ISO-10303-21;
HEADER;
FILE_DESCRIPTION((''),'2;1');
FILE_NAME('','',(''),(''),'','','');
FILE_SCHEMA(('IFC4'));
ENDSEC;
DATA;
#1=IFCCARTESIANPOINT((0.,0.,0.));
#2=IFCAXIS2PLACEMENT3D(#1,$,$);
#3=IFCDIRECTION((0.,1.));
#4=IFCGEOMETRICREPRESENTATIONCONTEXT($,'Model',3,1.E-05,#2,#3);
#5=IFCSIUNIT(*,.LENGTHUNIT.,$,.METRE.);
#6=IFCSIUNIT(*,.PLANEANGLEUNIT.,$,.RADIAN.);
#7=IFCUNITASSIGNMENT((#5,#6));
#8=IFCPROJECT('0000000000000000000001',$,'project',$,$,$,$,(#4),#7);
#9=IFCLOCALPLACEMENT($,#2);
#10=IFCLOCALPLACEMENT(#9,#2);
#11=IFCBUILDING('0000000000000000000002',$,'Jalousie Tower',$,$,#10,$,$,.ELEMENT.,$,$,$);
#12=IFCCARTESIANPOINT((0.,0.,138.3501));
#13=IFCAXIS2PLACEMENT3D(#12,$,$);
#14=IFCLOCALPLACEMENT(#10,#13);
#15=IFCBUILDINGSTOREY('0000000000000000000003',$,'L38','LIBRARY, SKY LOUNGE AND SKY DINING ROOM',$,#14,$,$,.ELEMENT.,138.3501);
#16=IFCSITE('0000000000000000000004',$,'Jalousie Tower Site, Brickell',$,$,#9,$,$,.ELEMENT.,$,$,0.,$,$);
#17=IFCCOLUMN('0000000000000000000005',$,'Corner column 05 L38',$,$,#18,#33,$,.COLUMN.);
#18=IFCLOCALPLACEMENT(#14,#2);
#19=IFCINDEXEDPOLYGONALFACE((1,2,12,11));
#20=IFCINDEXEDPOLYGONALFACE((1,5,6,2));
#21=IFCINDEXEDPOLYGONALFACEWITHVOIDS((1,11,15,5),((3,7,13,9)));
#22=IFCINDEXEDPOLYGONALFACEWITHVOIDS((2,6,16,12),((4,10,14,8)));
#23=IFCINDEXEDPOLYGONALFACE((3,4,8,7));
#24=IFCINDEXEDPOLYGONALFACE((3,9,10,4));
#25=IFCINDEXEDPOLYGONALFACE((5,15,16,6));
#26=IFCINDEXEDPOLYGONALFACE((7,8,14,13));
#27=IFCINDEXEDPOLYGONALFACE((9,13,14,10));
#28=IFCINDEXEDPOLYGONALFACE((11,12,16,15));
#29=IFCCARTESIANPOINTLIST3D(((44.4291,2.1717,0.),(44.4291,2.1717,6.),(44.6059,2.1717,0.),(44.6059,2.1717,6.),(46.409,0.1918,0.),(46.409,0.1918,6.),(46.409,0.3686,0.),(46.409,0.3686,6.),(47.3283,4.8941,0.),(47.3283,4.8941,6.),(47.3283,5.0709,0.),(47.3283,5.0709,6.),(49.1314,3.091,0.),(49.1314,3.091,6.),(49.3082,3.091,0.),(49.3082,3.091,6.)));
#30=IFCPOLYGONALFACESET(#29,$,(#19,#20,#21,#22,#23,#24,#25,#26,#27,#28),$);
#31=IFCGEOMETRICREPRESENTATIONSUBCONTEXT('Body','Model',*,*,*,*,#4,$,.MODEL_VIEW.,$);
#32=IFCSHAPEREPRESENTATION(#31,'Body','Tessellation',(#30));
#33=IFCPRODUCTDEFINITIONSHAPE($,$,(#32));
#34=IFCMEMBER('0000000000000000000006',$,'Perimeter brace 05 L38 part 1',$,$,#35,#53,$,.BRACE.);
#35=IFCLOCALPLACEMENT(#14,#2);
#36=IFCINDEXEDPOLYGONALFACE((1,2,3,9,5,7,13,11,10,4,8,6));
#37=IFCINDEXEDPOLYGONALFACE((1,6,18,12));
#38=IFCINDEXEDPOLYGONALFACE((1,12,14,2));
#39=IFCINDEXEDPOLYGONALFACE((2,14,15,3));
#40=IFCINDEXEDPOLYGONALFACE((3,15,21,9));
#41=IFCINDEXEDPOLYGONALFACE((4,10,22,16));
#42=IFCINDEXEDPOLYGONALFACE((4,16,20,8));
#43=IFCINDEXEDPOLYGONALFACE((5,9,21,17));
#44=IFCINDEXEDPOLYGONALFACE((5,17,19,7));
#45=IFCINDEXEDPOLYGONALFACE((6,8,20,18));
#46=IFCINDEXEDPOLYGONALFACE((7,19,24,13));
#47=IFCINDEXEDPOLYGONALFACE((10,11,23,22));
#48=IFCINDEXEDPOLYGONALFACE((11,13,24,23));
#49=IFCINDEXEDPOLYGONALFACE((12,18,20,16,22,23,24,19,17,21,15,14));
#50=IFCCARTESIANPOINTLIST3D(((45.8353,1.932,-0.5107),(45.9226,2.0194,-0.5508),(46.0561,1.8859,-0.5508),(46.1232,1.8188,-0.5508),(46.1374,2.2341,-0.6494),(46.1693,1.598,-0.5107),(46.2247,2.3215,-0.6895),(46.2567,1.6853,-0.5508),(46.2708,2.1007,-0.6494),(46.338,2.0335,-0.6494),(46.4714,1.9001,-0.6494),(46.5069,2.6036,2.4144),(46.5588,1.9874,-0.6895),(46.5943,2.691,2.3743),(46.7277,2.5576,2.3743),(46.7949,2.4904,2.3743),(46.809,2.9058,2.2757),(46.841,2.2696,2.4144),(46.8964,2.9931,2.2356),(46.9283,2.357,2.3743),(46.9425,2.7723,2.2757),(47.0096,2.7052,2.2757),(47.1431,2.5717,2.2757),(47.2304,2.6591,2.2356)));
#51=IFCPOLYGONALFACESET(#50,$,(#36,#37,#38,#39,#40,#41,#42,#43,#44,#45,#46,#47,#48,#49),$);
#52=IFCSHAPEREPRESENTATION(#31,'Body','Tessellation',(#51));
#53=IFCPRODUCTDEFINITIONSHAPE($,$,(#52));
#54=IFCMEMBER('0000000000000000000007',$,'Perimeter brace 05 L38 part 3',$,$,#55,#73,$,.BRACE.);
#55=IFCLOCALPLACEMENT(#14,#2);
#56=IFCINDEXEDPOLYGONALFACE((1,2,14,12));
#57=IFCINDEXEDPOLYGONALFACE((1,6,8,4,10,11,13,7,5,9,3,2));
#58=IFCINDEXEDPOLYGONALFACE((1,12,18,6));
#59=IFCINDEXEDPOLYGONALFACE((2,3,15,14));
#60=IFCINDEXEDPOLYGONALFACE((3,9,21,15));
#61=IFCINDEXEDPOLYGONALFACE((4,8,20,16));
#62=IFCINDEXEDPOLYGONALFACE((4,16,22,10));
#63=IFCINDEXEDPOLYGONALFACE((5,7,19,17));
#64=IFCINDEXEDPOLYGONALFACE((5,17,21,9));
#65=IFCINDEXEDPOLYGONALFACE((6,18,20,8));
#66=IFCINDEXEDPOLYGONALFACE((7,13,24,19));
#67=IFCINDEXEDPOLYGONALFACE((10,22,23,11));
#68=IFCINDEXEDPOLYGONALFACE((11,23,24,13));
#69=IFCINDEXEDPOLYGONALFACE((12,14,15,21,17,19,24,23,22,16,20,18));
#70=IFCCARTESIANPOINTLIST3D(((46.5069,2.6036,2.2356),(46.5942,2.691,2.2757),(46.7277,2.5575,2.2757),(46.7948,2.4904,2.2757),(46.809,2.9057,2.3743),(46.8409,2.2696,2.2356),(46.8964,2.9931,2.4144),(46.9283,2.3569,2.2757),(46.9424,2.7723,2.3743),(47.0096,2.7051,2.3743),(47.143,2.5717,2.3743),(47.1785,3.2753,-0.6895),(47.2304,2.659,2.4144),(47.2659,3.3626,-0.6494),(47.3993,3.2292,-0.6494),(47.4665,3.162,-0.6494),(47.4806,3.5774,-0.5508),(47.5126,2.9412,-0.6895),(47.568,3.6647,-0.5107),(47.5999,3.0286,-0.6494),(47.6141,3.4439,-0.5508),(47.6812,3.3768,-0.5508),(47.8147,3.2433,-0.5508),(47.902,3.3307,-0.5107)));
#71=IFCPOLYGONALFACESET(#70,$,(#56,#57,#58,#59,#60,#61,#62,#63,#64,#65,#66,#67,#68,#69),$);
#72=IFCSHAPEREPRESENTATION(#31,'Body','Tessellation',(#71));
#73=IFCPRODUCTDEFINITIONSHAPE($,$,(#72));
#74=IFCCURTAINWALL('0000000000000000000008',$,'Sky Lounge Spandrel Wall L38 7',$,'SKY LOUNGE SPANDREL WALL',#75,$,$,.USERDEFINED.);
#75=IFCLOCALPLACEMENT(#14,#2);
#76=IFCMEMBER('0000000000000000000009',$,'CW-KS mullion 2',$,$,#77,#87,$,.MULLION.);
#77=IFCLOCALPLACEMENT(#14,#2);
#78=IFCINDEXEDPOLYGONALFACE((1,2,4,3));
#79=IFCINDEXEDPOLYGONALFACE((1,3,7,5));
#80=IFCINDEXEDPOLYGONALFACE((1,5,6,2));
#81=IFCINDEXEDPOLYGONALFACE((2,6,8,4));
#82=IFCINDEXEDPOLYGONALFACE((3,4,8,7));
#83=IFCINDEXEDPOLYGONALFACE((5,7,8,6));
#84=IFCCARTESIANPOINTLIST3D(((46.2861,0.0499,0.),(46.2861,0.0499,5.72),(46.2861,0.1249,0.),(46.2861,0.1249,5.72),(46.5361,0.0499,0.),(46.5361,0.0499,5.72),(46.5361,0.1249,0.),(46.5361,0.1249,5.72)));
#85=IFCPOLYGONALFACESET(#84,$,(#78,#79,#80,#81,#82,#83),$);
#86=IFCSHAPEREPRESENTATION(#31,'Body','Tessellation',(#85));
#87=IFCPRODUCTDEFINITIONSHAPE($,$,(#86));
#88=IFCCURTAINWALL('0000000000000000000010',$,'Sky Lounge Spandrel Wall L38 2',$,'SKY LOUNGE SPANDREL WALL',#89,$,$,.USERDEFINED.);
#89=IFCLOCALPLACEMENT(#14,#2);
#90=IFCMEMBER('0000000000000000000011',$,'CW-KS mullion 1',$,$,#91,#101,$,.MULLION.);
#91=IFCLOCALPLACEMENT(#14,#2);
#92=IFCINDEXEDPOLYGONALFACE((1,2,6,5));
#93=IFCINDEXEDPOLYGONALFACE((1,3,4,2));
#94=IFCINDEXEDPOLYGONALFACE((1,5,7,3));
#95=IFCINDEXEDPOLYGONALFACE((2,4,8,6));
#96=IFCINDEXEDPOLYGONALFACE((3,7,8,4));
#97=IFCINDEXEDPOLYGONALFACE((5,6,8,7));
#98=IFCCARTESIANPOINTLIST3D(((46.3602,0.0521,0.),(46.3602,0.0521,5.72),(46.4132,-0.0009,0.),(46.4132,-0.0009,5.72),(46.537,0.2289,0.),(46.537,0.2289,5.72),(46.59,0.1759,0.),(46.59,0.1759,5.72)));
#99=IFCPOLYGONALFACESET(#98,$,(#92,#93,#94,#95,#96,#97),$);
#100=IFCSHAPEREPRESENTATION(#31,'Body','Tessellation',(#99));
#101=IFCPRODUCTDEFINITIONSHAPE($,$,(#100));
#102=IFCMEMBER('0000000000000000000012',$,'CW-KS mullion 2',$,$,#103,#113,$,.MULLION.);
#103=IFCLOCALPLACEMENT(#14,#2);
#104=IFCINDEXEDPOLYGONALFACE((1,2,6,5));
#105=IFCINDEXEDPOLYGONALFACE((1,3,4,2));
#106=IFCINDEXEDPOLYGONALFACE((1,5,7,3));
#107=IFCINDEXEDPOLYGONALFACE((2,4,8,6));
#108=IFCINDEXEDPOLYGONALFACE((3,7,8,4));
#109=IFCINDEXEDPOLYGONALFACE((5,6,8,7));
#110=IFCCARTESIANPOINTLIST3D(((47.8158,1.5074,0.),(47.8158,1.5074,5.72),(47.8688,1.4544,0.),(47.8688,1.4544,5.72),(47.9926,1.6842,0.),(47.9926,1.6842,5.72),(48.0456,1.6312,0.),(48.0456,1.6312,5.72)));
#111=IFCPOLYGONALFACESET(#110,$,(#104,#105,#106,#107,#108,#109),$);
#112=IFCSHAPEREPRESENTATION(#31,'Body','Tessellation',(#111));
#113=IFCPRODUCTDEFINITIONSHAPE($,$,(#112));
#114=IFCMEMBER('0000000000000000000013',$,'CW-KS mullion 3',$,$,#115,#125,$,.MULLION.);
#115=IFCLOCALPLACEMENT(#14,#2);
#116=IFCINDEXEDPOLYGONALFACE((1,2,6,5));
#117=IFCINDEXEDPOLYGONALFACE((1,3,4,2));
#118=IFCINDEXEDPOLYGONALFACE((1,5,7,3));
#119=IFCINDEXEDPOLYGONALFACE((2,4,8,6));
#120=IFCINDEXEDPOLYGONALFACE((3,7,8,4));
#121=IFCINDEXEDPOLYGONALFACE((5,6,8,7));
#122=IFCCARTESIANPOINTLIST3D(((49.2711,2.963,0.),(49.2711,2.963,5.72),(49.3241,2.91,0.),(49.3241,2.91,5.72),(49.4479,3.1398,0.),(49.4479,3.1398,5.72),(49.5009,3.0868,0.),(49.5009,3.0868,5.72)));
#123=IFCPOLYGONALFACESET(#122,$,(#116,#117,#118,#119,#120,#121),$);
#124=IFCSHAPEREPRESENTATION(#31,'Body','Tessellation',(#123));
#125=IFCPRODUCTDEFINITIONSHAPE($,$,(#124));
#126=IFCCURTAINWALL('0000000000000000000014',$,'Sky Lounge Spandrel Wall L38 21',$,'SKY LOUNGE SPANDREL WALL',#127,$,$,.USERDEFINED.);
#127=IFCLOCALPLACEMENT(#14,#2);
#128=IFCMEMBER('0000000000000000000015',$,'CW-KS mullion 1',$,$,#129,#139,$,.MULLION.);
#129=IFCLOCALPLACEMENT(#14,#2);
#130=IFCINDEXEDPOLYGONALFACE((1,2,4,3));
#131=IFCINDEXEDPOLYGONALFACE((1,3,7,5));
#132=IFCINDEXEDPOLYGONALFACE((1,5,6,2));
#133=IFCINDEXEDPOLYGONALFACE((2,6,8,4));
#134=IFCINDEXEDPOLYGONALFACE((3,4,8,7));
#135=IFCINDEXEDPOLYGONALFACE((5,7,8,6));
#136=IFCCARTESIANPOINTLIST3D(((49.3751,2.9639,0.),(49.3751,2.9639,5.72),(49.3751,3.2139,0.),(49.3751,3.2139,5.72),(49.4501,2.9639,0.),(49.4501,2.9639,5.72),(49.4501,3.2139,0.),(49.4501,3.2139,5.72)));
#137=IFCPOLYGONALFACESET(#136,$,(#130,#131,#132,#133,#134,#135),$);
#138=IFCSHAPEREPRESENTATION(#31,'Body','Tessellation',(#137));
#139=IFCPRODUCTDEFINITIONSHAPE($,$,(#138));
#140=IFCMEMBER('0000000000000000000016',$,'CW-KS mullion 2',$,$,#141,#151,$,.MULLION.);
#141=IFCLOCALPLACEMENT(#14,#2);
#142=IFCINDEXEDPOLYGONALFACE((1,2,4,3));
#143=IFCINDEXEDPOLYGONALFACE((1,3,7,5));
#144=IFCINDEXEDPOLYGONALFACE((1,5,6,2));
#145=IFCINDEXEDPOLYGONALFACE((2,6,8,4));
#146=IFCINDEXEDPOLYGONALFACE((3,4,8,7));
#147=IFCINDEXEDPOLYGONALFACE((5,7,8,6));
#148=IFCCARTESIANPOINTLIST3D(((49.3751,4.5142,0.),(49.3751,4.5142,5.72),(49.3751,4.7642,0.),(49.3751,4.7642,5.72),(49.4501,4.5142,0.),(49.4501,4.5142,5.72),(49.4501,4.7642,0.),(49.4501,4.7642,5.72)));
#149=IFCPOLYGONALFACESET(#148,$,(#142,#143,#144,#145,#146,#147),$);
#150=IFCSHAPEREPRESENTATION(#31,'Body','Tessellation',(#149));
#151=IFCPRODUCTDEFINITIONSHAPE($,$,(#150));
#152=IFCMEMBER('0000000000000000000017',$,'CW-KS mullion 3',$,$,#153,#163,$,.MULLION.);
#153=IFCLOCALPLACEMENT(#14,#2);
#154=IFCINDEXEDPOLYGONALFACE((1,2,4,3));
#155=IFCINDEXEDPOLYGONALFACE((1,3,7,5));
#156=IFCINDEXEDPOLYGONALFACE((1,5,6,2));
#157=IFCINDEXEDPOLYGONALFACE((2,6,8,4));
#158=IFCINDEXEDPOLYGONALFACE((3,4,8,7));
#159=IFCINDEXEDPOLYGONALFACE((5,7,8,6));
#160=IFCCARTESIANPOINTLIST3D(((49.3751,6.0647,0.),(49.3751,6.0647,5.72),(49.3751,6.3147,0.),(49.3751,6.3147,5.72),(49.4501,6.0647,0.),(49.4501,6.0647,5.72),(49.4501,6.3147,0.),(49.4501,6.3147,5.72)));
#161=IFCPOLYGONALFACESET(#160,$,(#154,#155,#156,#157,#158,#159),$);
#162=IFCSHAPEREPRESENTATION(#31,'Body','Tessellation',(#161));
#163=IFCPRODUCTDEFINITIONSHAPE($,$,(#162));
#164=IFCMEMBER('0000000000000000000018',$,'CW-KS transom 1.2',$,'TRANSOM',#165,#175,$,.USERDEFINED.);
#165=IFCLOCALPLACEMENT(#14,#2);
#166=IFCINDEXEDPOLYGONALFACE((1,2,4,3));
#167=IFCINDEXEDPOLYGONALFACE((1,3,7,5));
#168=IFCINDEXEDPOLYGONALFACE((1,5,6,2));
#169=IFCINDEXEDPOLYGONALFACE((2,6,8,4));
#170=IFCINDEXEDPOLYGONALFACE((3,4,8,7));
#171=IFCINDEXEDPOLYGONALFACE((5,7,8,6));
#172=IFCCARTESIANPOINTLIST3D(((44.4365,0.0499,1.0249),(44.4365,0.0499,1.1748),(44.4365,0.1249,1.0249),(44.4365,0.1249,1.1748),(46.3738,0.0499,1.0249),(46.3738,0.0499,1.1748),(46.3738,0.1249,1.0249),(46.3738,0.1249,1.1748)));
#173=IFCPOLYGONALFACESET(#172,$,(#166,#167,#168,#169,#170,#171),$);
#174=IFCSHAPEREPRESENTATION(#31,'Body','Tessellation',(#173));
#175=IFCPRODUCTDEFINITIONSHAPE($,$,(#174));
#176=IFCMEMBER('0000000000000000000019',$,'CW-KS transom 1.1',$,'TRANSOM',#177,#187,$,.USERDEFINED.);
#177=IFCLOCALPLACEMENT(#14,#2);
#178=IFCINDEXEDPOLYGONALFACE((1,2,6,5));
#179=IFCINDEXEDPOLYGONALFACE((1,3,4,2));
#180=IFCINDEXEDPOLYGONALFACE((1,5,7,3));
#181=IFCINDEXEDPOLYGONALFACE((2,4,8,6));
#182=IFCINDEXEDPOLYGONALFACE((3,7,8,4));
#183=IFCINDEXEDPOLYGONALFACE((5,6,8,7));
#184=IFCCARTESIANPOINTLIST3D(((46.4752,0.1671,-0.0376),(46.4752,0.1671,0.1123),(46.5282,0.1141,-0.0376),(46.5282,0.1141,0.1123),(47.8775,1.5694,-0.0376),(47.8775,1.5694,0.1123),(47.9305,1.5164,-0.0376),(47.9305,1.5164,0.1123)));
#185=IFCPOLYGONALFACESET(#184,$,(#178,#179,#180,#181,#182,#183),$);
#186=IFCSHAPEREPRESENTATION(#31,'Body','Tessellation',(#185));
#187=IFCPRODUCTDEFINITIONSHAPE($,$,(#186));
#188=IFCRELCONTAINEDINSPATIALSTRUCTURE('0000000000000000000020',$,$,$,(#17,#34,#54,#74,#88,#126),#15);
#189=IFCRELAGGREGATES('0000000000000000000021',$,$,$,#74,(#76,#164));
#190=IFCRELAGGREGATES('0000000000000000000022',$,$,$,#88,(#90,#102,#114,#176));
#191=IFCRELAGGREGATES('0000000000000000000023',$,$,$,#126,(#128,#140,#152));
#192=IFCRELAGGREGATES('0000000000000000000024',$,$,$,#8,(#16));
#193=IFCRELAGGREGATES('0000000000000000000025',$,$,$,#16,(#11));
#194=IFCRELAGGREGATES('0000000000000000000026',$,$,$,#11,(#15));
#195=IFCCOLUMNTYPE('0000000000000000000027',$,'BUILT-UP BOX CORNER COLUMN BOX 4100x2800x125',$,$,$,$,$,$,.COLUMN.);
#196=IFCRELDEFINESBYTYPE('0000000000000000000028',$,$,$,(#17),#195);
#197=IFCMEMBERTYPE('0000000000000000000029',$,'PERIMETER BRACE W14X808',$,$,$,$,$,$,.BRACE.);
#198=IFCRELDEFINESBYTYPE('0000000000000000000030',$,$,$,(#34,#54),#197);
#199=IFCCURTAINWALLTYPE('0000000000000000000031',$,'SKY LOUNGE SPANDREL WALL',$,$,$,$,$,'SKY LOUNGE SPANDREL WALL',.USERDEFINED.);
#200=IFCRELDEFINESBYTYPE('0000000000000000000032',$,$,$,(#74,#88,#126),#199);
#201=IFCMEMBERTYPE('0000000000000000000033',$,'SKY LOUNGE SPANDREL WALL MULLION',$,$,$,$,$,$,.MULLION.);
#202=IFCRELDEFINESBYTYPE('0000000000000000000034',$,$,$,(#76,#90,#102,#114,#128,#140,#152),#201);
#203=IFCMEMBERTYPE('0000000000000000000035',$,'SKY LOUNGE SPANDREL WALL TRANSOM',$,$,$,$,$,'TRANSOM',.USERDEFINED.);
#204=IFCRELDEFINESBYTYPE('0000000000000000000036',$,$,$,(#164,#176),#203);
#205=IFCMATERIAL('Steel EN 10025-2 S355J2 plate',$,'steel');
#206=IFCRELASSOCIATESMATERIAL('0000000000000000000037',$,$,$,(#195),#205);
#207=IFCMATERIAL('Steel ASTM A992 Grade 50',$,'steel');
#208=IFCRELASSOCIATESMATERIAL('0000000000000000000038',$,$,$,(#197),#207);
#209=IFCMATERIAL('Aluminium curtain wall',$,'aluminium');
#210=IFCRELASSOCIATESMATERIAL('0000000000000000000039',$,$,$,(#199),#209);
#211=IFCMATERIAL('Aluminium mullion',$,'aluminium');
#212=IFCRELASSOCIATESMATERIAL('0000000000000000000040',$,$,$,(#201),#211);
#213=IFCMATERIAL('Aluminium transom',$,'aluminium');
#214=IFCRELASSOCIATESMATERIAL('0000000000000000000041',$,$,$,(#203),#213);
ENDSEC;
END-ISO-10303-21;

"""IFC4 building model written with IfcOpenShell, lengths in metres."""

from ifc_helpers import new_model, si_unit, direction, frame, origin, origin_2d, place, context, subcontext, project, spatial, rectangle, hollow_rectangle, i_section, extrude, material, material_profile, profile_set, type_object, element, aggregate, save


model = new_model("IFC4")

# Units and contexts
model_context = context("Model", 3, precision=1e-05, world=origin(), true_north=direction((0.0, 1.0)))
body_context = subcontext(model_context, "Body", "Model", "MODEL_VIEW")
ifc_project = project(units=[si_unit("LENGTHUNIT", "METRE"), si_unit("PLANEANGLEUNIT", "RADIAN")], contexts=[model_context])

# Site, building, storey
site_placement = place(None, origin())
site = spatial("IfcSite", under=ifc_project, at=site_placement, Name="Jalousie Tower Site, Brickell", CompositionType="ELEMENT", RefElevation=0.0)
building_placement = place(site_placement, origin())
building = spatial("IfcBuilding", under=site, at=building_placement, Name="Jalousie Tower", CompositionType="ELEMENT")
storey_placement = place(building_placement, frame((0.0, 0.0, 138.3501)))
storey = spatial("IfcBuildingStorey", under=building, at=storey_placement, Name="L38", Description="LIBRARY, SKY LOUNGE AND SKY DINING ROOM", CompositionType="ELEMENT", Elevation=138.3501)

# Column
ifc_material_1 = material(Name="Steel EN 10025-2 S355J2 plate", Category="steel")
ifc_material_profile_1 = material_profile(ifc_material_1, hollow_rectangle(XDim=2.8, YDim=4.1001, WallThickness=0.125, at=origin_2d()), Name="BOX 4100x2800x125")
ifc_profile_set_1 = profile_set([ifc_material_profile_1], Name="Steel EN 10025-2 S355J2 plate")
column_type = type_object("IfcColumnType", Name="BUILT-UP BOX CORNER COLUMN BOX 4100x2800x125", PredefinedType="COLUMN", material=ifc_profile_set_1)
column_placement = place(storey_placement, frame((46.8687, 2.6313, 0.0), z_axis=(0.0, 0.0, 1.0), x_axis=(-0.707107, 0.707107, 0.0)))
element("IfcColumn", 1, at=column_placement, inside=storey, type_object=column_type, Name="Corner column 05 L38", PredefinedType="COLUMN", context=body_context, shape_type="SweptSolid", body=[
    extrude(hollow_rectangle(XDim=2.8, YDim=4.1001, WallThickness=0.125, at=origin_2d()), origin(), (0.0, 0.0, 1.0), 6.0),
])

# Members
ifc_material_2 = material(Name="Steel ASTM A992 Grade 50", Category="steel")
ifc_material_profile_2 = material_profile(ifc_material_2, i_section(OverallWidth=0.4724, OverallDepth=0.5791, WebThickness=0.095, FlangeThickness=0.1299, at=origin_2d()), Name="W14X808")
ifc_profile_set_2 = profile_set([ifc_material_profile_2], Name="Steel ASTM A992 Grade 50")
member_type_1 = type_object("IfcMemberType", Name="PERIMETER BRACE W14X808", PredefinedType="BRACE", material=ifc_profile_set_2)
for number, where, z_axis, x_axis, name in (
    (2, (46.197, 1.9597, -0.6001), (0.218388, 0.218388, 0.951112), (-0.707107, 0.707107, 0.0), "Perimeter brace 05 L38 part 1"),
    (3, (47.5403, 3.303, -0.6001), (-0.218388, -0.218388, 0.951112), (0.707107, -0.707107, 0.0), "Perimeter brace 05 L38 part 3"),
):
    element("IfcMember", number, at=place(storey_placement, frame(where, z_axis=z_axis, x_axis=x_axis)), inside=storey, type_object=member_type_1, Name=name, PredefinedType="BRACE", context=body_context, shape_type="SweptSolid", body=[
        extrude(i_section(OverallWidth=0.4724, OverallDepth=0.5791, WebThickness=0.095, FlangeThickness=0.1299, at=origin_2d()), origin(), (0.0, 0.0, 1.0), 3.0754),
    ])

# Curtain wall, member
ifc_material_3 = material(Name="Aluminium curtain wall", Category="aluminium")
curtain_wall_type_1 = type_object("IfcCurtainWallType", Name="SKY LOUNGE SPANDREL WALL", ElementType="SKY LOUNGE SPANDREL WALL", PredefinedType="USERDEFINED", material=ifc_material_3)
curtain_wall_1_placement = place(storey_placement, origin())
curtain_wall_1 = element("IfcCurtainWall", 4, at=curtain_wall_1_placement, inside=storey, type_object=curtain_wall_type_1, Name="Sky Lounge Spandrel Wall L38 7", ObjectType="SKY LOUNGE SPANDREL WALL", PredefinedType="USERDEFINED")
ifc_material_4 = material(Name="Aluminium mullion", Category="aluminium")
ifc_material_profile_3 = material_profile(ifc_material_4, rectangle(XDim=0.075, YDim=0.25, at=origin_2d()), Name="MULLION 75x250")
ifc_profile_set_3 = profile_set([ifc_material_profile_3], Name="Aluminium mullion")
member_type_2 = type_object("IfcMemberType", Name="SKY LOUNGE SPANDREL WALL MULLION", PredefinedType="MULLION", material=ifc_profile_set_3)
member_1_placement = place(storey_placement, frame((46.4111, 0.0874, 0.0), z_axis=(0.0, 0.0, 1.0), x_axis=(0.0, 1.0, 0.0)))
member_1 = element("IfcMember", 5, at=member_1_placement, type_object=member_type_2, Name="CW-KS mullion 2", PredefinedType="MULLION", context=body_context, shape_type="SweptSolid", body=[
    extrude(rectangle(XDim=0.075, YDim=0.25, at=origin_2d()), origin(), (0.0, 0.0, 1.0), 5.72),
])

# Curtain walls, members
curtain_wall_2_placement = place(storey_placement, origin())
curtain_wall_2 = element("IfcCurtainWall", 6, at=curtain_wall_2_placement, inside=storey, type_object=curtain_wall_type_1, Name="Sky Lounge Spandrel Wall L38 2", ObjectType="SKY LOUNGE SPANDREL WALL", PredefinedType="USERDEFINED")
member_2_placement = place(storey_placement, frame((46.4751, 0.114, 0.0), z_axis=(0.0, 0.0, 1.0), x_axis=(-0.707107, 0.707107, 0.0)))
member_2 = element("IfcMember", 7, at=member_2_placement, type_object=member_type_2, Name="CW-KS mullion 1", PredefinedType="MULLION", context=body_context, shape_type="SweptSolid", body=[
    extrude(rectangle(XDim=0.075, YDim=0.25, at=origin_2d()), origin(), (0.0, 0.0, 1.0), 5.72),
])
member_3_placement = place(storey_placement, frame((47.9307, 1.5693, 0.0), z_axis=(0.0, 0.0, 1.0), x_axis=(-0.707107, 0.707107, 0.0)))
member_3 = element("IfcMember", 8, at=member_3_placement, type_object=member_type_2, Name="CW-KS mullion 2", PredefinedType="MULLION", context=body_context, shape_type="SweptSolid", body=[
    extrude(rectangle(XDim=0.075, YDim=0.25, at=origin_2d()), origin(), (0.0, 0.0, 1.0), 5.72),
])
member_4_placement = place(storey_placement, frame((49.386, 3.0249, 0.0), z_axis=(0.0, 0.0, 1.0), x_axis=(-0.707107, 0.707107, 0.0)))
member_4 = element("IfcMember", 9, at=member_4_placement, type_object=member_type_2, Name="CW-KS mullion 3", PredefinedType="MULLION", context=body_context, shape_type="SweptSolid", body=[
    extrude(rectangle(XDim=0.075, YDim=0.25, at=origin_2d()), origin(), (0.0, 0.0, 1.0), 5.72),
])
curtain_wall_3_placement = place(storey_placement, origin())
curtain_wall_3 = element("IfcCurtainWall", 10, at=curtain_wall_3_placement, inside=storey, type_object=curtain_wall_type_1, Name="Sky Lounge Spandrel Wall L38 21", ObjectType="SKY LOUNGE SPANDREL WALL", PredefinedType="USERDEFINED")
member_5_placement = place(storey_placement, frame((49.4126, 3.0889, 0.0), z_axis=(0.0, 0.0, 1.0), x_axis=(-1.0, 0.0, 0.0)))
member_5 = element("IfcMember", 11, at=member_5_placement, type_object=member_type_2, Name="CW-KS mullion 1", PredefinedType="MULLION", context=body_context, shape_type="SweptSolid", body=[
    extrude(rectangle(XDim=0.075, YDim=0.25, at=origin_2d()), origin(), (0.0, 0.0, 1.0), 5.72),
])
member_6_placement = place(storey_placement, frame((49.4126, 4.6392, 0.0), z_axis=(0.0, 0.0, 1.0), x_axis=(-1.0, 0.0, 0.0)))
member_6 = element("IfcMember", 12, at=member_6_placement, type_object=member_type_2, Name="CW-KS mullion 2", PredefinedType="MULLION", context=body_context, shape_type="SweptSolid", body=[
    extrude(rectangle(XDim=0.075, YDim=0.25, at=origin_2d()), origin(), (0.0, 0.0, 1.0), 5.72),
])
member_7_placement = place(storey_placement, frame((49.4126, 6.1897, 0.0), z_axis=(0.0, 0.0, 1.0), x_axis=(-1.0, 0.0, 0.0)))
member_7 = element("IfcMember", 13, at=member_7_placement, type_object=member_type_2, Name="CW-KS mullion 3", PredefinedType="MULLION", context=body_context, shape_type="SweptSolid", body=[
    extrude(rectangle(XDim=0.075, YDim=0.25, at=origin_2d()), origin(), (0.0, 0.0, 1.0), 5.72),
])

# Members
ifc_material_5 = material(Name="Aluminium transom", Category="aluminium")
ifc_material_profile_4 = material_profile(ifc_material_5, rectangle(XDim=0.075, YDim=0.1499, at=origin_2d()), Name="TRANSOM 75x150")
ifc_profile_set_4 = profile_set([ifc_material_profile_4], Name="Aluminium transom")
member_type_3 = type_object("IfcMemberType", Name="SKY LOUNGE SPANDREL WALL TRANSOM", ElementType="TRANSOM", PredefinedType="USERDEFINED", material=ifc_profile_set_4)
member_8_placement = place(storey_placement, frame((44.4365, 0.0874, 1.0999), z_axis=(1.0, 0.0, 0.0), x_axis=(0.0, 1.0, 0.0)))
member_8 = element("IfcMember", 14, at=member_8_placement, type_object=member_type_3, Name="CW-KS transom 1.2", ObjectType="TRANSOM", PredefinedType="USERDEFINED", context=body_context, shape_type="SweptSolid", body=[
    extrude(rectangle(XDim=0.075, YDim=0.1499, at=origin_2d()), origin(), (0.0, 0.0, 1.0), 1.9373),
])
member_9_placement = place(storey_placement, frame((46.5017, 0.1406, 0.0374), z_axis=(0.707107, 0.707107, 0.0), x_axis=(-0.707107, 0.707107, 0.0)))
member_9 = element("IfcMember", 15, at=member_9_placement, type_object=member_type_3, Name="CW-KS transom 1.1", ObjectType="TRANSOM", PredefinedType="USERDEFINED", context=body_context, shape_type="SweptSolid", body=[
    extrude(rectangle(XDim=0.075, YDim=0.1499, at=origin_2d()), origin(), (0.0, 0.0, 1.0), 1.9832),
])

aggregate(curtain_wall_1, [member_1, member_8])
aggregate(curtain_wall_2, [member_2, member_3, member_4, member_9])
aggregate(curtain_wall_3, [member_5, member_6, member_7])

save(model, "model.ifc")
